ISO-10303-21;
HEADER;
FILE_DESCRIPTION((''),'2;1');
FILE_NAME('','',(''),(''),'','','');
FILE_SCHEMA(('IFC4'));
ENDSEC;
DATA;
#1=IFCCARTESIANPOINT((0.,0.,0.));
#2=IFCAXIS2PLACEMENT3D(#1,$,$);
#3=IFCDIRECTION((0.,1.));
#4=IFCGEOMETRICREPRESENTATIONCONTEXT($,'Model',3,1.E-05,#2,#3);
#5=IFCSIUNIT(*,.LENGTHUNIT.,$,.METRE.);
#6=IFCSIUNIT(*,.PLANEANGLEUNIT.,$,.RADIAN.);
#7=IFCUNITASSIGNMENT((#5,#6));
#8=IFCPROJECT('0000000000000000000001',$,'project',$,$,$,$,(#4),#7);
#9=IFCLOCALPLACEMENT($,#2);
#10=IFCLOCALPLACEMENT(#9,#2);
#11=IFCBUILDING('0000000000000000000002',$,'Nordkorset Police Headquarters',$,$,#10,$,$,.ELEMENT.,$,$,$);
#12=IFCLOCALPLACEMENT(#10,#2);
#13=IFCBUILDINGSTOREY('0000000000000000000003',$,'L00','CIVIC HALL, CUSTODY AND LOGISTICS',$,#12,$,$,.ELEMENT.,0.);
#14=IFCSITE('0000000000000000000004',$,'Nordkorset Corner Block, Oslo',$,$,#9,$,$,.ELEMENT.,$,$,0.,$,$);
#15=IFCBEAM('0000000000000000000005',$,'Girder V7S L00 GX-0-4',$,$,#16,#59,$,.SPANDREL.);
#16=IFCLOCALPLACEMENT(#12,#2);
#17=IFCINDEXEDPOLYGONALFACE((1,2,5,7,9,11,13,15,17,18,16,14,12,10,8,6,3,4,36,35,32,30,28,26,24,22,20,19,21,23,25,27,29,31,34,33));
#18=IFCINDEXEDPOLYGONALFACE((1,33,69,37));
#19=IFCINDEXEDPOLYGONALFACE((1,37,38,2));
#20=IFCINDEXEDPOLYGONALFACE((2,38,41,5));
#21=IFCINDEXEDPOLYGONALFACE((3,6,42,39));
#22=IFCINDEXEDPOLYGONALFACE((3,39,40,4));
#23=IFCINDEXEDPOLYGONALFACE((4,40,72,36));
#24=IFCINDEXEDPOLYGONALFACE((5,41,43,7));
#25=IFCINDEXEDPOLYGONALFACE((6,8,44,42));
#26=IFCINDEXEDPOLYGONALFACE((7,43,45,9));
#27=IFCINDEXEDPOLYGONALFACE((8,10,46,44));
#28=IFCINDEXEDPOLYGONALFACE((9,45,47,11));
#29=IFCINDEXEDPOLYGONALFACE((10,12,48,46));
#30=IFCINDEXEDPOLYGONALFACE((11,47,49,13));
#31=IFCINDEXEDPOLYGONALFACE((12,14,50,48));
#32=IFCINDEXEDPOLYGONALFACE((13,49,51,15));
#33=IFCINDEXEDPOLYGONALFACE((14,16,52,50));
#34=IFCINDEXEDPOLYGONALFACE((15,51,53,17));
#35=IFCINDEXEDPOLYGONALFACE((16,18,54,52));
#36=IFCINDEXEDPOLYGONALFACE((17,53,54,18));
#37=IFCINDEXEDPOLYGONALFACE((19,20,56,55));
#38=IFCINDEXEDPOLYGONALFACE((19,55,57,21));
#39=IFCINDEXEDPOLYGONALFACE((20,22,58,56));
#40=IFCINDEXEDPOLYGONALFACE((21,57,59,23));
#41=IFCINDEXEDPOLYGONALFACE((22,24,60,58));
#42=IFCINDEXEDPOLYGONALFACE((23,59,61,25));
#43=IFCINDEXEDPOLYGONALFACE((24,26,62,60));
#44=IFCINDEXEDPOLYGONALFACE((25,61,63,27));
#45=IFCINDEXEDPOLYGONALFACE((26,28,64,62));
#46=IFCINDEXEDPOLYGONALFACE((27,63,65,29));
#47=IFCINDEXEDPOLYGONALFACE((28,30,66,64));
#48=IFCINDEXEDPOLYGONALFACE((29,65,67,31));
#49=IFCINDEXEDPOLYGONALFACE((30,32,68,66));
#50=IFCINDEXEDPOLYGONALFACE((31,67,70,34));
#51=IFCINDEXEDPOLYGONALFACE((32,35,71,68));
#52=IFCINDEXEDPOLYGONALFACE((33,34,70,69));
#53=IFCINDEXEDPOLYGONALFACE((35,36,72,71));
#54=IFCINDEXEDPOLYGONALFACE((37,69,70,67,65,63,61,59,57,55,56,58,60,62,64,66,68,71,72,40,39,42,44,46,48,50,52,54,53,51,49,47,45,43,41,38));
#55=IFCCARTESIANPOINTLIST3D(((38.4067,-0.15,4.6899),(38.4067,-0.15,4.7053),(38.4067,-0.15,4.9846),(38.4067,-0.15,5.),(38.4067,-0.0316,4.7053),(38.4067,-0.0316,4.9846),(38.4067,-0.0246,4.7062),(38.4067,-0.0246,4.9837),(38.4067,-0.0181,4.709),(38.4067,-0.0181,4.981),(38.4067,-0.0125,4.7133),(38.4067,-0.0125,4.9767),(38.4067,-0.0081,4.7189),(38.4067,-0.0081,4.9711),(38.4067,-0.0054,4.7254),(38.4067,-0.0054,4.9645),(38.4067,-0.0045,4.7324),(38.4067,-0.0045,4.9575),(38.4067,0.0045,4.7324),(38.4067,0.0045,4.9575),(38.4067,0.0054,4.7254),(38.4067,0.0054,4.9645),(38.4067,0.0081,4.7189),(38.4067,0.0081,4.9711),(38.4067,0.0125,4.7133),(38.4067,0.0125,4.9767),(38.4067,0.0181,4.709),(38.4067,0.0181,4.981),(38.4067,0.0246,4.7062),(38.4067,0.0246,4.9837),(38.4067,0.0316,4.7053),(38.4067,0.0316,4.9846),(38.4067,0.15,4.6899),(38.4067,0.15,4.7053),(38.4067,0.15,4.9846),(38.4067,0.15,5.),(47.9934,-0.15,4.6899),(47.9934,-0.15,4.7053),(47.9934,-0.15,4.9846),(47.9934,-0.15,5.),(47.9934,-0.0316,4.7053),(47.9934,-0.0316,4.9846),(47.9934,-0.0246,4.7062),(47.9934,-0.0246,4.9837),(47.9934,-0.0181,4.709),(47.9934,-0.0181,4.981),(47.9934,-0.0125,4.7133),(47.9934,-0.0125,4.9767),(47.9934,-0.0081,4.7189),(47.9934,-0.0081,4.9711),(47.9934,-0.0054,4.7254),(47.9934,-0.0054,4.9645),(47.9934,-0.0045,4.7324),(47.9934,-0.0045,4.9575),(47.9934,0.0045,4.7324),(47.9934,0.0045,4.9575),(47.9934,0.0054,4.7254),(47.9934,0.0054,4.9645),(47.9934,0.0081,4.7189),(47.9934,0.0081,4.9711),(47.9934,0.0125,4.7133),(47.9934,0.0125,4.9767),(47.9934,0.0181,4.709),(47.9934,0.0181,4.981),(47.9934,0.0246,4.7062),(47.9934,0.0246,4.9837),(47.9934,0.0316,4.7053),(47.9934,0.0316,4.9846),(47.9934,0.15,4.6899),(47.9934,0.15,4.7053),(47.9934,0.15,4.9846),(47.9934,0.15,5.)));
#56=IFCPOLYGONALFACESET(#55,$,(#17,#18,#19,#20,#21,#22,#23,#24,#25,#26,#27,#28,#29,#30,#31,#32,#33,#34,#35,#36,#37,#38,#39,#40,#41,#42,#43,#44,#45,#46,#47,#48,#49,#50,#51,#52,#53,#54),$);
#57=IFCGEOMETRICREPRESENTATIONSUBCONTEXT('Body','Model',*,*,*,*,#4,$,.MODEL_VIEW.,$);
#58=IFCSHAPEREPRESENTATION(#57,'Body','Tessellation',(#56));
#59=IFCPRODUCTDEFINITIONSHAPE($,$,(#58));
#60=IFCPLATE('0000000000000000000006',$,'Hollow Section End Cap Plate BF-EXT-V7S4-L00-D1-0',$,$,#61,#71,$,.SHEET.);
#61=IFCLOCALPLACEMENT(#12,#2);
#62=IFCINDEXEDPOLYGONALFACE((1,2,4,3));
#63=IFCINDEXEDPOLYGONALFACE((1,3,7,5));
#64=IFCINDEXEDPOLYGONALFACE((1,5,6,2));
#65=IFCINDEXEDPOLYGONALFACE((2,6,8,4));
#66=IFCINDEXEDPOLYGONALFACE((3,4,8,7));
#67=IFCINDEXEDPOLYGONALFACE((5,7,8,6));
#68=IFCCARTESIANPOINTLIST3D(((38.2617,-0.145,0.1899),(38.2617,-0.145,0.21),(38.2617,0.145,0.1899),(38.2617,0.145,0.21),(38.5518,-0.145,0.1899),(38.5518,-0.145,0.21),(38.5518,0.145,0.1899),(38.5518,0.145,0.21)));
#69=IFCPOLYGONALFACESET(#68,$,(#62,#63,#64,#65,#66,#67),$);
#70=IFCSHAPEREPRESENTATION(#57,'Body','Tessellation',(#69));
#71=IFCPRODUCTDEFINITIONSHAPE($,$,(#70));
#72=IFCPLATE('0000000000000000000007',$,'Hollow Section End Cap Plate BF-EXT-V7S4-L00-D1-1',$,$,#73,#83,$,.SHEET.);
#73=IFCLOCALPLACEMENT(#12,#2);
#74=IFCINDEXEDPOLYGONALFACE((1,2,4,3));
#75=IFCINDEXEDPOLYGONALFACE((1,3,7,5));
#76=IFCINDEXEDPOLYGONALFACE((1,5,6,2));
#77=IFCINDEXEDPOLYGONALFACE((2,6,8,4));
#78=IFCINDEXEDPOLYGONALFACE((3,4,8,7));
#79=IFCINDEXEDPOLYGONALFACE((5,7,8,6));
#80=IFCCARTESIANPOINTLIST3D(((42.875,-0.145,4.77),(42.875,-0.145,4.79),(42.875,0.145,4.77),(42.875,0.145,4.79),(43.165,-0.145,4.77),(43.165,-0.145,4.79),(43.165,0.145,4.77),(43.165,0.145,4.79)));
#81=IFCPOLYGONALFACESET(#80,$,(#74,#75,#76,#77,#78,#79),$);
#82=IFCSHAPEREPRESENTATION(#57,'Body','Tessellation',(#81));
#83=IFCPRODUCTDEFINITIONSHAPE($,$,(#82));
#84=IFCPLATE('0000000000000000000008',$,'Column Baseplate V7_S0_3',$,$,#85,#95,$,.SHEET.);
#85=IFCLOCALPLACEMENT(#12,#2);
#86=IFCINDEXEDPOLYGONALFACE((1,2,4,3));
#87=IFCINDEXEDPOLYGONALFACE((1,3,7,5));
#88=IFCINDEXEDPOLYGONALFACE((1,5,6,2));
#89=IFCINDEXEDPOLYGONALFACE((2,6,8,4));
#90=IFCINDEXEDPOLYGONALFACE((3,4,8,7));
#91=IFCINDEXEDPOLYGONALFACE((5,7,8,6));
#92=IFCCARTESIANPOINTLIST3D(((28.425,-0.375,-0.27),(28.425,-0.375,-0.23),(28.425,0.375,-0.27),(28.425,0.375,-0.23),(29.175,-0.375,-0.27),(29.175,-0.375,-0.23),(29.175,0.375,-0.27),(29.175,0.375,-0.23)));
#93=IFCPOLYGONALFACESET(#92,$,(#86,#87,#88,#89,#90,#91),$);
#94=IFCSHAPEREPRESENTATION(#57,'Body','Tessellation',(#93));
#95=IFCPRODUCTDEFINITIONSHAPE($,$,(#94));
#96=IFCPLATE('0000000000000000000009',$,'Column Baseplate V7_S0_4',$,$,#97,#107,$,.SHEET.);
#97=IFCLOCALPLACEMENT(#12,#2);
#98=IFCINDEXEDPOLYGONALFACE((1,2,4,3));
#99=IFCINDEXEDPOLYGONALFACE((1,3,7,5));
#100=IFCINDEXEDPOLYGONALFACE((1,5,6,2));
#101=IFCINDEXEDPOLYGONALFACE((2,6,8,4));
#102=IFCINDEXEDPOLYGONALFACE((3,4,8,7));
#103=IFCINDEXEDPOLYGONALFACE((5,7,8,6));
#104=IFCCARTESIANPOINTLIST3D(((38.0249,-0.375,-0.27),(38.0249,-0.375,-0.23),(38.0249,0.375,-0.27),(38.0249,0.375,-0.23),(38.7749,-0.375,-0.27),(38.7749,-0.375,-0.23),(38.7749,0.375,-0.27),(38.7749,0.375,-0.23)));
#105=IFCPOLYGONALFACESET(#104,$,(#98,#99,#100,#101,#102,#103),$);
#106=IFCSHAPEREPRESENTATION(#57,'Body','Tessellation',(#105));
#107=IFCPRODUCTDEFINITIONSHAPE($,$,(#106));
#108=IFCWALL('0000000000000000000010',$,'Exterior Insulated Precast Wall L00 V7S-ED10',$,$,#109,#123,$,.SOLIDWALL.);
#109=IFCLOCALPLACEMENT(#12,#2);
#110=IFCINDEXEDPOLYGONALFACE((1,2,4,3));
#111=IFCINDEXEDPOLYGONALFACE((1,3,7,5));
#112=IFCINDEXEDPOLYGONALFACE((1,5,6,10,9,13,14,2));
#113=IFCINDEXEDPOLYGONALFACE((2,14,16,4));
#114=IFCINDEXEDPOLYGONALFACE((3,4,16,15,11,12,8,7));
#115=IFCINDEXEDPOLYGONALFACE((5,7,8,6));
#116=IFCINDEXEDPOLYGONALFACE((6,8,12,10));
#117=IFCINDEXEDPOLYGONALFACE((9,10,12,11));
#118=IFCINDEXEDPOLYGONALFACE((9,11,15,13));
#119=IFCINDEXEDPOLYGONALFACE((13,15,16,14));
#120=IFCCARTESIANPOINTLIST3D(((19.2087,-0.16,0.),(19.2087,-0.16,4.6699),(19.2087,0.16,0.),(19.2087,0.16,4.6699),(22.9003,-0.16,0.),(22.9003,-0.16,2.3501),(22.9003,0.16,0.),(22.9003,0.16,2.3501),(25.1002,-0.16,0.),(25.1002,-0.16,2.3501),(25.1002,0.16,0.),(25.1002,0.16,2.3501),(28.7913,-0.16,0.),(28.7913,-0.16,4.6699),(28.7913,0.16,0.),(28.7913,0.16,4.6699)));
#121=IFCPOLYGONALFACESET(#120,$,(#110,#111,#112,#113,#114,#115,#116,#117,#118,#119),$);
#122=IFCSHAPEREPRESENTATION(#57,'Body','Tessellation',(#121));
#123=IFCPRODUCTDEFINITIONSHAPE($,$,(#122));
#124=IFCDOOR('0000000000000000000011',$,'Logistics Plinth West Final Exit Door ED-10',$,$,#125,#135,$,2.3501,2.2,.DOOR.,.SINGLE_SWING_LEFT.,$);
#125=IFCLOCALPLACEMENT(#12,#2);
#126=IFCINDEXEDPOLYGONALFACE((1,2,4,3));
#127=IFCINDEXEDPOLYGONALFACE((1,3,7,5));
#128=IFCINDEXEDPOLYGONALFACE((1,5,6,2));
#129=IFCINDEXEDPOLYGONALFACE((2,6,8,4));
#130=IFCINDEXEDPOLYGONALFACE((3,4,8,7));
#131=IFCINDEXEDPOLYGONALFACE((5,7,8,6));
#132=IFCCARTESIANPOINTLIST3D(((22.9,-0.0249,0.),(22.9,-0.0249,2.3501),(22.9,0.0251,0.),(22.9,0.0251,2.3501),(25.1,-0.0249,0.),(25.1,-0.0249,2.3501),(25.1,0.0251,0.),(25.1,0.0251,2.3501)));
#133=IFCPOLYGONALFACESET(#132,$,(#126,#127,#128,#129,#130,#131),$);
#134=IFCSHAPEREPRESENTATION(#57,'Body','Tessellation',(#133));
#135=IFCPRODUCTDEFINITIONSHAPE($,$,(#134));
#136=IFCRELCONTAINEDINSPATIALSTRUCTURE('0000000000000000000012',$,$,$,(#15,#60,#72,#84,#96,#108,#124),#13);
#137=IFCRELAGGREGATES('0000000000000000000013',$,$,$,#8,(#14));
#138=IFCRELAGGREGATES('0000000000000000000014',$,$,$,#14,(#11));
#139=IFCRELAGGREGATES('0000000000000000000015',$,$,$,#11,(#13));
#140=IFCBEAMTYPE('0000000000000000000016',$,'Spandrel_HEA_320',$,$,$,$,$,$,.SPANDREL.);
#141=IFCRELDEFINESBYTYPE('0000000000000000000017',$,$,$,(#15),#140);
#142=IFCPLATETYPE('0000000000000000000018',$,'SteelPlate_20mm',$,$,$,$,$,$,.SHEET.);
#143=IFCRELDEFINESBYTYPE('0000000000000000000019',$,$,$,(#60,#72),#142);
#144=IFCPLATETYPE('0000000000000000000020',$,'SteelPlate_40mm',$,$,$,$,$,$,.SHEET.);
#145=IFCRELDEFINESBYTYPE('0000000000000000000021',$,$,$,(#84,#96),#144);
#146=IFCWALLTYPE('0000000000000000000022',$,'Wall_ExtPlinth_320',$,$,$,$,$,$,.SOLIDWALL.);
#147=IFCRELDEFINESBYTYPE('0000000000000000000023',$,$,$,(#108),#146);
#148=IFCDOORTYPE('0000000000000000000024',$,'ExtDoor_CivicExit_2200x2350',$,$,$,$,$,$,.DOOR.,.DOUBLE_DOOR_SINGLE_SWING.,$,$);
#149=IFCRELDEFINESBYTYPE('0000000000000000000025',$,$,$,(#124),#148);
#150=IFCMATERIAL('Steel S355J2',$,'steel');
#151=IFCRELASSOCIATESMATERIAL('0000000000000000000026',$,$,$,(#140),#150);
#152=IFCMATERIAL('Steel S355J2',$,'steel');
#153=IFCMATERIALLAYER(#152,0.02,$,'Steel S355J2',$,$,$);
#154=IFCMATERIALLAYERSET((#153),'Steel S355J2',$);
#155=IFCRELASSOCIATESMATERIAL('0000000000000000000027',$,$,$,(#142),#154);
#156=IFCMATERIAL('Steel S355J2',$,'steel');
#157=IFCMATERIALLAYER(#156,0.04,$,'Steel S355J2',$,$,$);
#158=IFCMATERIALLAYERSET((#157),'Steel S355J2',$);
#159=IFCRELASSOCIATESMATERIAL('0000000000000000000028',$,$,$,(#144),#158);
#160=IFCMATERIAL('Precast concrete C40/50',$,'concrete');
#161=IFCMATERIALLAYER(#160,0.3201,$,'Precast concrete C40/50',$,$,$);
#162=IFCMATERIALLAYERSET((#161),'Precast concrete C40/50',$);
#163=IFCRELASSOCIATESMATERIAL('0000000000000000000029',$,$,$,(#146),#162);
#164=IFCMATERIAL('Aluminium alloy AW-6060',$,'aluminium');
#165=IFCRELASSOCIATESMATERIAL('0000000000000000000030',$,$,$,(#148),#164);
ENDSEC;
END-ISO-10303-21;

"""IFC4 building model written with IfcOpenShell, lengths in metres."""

from ifc_helpers import new_model, si_unit, direction, frame, frame_2d, origin, origin_2d, place, context, subcontext, project, spatial, rectangle, i_section, extrude, material, layer, layer_set, material_profile, profile_set, type_object, element, fill, save


model = new_model("IFC4")

# Units and contexts
model_context = context("Model", 3, precision=1e-05, world=origin(), true_north=direction((0.0, 1.0)))
body_context = subcontext(model_context, "Body", "Model", "MODEL_VIEW")
ifc_project = project(units=[si_unit("LENGTHUNIT", "METRE"), si_unit("PLANEANGLEUNIT", "RADIAN")], contexts=[model_context])

# Site, building, storey
site_placement = place(None, origin())
site = spatial("IfcSite", under=ifc_project, at=site_placement, Name="Nordkorset Corner Block, Oslo", CompositionType="ELEMENT", RefElevation=0.0)
building_placement = place(site_placement, origin())
building = spatial("IfcBuilding", under=site, at=building_placement, Name="Nordkorset Police Headquarters", CompositionType="ELEMENT")
storey_placement = place(building_placement, origin())
storey = spatial("IfcBuildingStorey", under=building, at=storey_placement, Name="L00", Description="CIVIC HALL, CUSTODY AND LOGISTICS", CompositionType="ELEMENT", Elevation=0.0)

# Beam
ifc_material_1 = material(Name="Steel S355J2", Category="steel")
ifc_material_profile_1 = material_profile(ifc_material_1, i_section(OverallWidth=0.3, OverallDepth=0.3101, WebThickness=0.009, FlangeThickness=0.0154, FilletRadius=0.0271, at=origin_2d()), Name="HEA 320")
ifc_profile_set_1 = profile_set([ifc_material_profile_1], Name="Steel S355J2")
beam_type_1 = type_object("IfcBeamType", Name="Spandrel_HEA_320", PredefinedType="SPANDREL", material=ifc_profile_set_1)
for number, where, z_axis, x_axis, name in (
    (1, (38.4067, 0.0, 4.845), (1.0, 0.0, 0.0), (0.0, 1.0, 0.0), "Girder V7S L00 GX-0-4"),
):
    element("IfcBeam", number, at=place(storey_placement, frame(where, z_axis=z_axis, x_axis=x_axis)), inside=storey, type_object=beam_type_1, Name=name, PredefinedType="SPANDREL", context=body_context, shape_type="SweptSolid", body=[
        extrude(i_section(OverallWidth=0.3, OverallDepth=0.3101, WebThickness=0.009, FlangeThickness=0.0154, FilletRadius=0.0271, at=origin_2d()), origin(), (0.0, 0.0, 1.0), 9.5867),
    ])

# Plates
ifc_material_2 = material(Name="Steel S355J2", Category="steel")
ifc_layer_1 = layer(ifc_material_2, 0.02, Name="Steel S355J2")
ifc_layer_set_1 = layer_set([ifc_layer_1], Name="Steel S355J2")
plate_type_1 = type_object("IfcPlateType", Name="SteelPlate_20mm", PredefinedType="SHEET", material=ifc_layer_set_1)
for number, where, z_axis, x_axis, name in (
    (2, (38.4067, 0.0, 0.1899), (0.0, 0.0, 1.0), (1.0, 0.0, 0.0), "Hollow Section End Cap Plate BF-EXT-V7S4-L00-D1-0"),
    (3, (43.02, 0.0, 4.77), (0.0, 0.0, 1.0), (1.0, 0.0, 0.0), "Hollow Section End Cap Plate BF-EXT-V7S4-L00-D1-1"),
):
    element("IfcPlate", number, at=place(storey_placement, frame(where, z_axis=z_axis, x_axis=x_axis)), inside=storey, type_object=plate_type_1, Name=name, PredefinedType="SHEET", context=body_context, shape_type="SweptSolid", body=[
        extrude(rectangle(XDim=0.29, YDim=0.29, at=origin_2d()), origin(), (0.0, 0.0, 1.0), 0.02),
    ])
ifc_material_3 = material(Name="Steel S355J2", Category="steel")
ifc_layer_2 = layer(ifc_material_3, 0.04, Name="Steel S355J2")
ifc_layer_set_2 = layer_set([ifc_layer_2], Name="Steel S355J2")
plate_type_2 = type_object("IfcPlateType", Name="SteelPlate_40mm", PredefinedType="SHEET", material=ifc_layer_set_2)
for number, where, z_axis, x_axis, name in (
    (4, (28.8, 0.0, -0.27), (0.0, 0.0, 1.0), (1.0, 0.0, 0.0), "Column Baseplate V7_S0_3"),
    (5, (38.3999, 0.0, -0.27), (0.0, 0.0, 1.0), (1.0, 0.0, 0.0), "Column Baseplate V7_S0_4"),
):
    element("IfcPlate", number, at=place(storey_placement, frame(where, z_axis=z_axis, x_axis=x_axis)), inside=storey, type_object=plate_type_2, Name=name, PredefinedType="SHEET", context=body_context, shape_type="SweptSolid", body=[
        extrude(rectangle(XDim=0.75, YDim=0.75, at=origin_2d()), origin(), (0.0, 0.0, 1.0), 0.04),
    ])

# Wall, opening, door
ifc_material_4 = material(Name="Precast concrete C40/50", Category="concrete")
ifc_layer_3 = layer(ifc_material_4, 0.3201, Name="Precast concrete C40/50")
ifc_layer_set_3 = layer_set([ifc_layer_3], Name="Precast concrete C40/50")
wall_type = type_object("IfcWallType", Name="Wall_ExtPlinth_320", PredefinedType="SOLIDWALL", material=ifc_layer_set_3)
wall_1_placement = place(storey_placement, frame((19.2087, 0.0, 0.0), z_axis=(0.0, 0.0, 1.0), x_axis=(1.0, 0.0, 0.0)))
wall_1 = element("IfcWall", 6, at=wall_1_placement, inside=storey, type_object=wall_type, Name="Exterior Insulated Precast Wall L00 V7S-ED10", PredefinedType="SOLIDWALL", context=body_context, shape_type="SweptSolid", body=[
    extrude(rectangle(XDim=9.5825, YDim=0.3201, at=frame_2d((4.7913, 0.0))), origin(), (0.0, 0.0, 1.0), 4.6699),
])
opening_1_placement = place(wall_1_placement, frame((3.6914, 0.0, 0.0)))
opening_1 = element("IfcOpeningElement", 7, at=opening_1_placement, cuts=wall_1, PredefinedType="OPENING", context=body_context, shape_type="SweptSolid", body=[
    extrude(rectangle(XDim=2.2, YDim=2.3501, at=frame_2d((1.1001, 1.175))), frame((0.0, 0.1699, 0.0), z_axis=(0.0, -1.0, 0.0), x_axis=(1.0, 0.0, 0.0)), (0.0, 0.0, 1.0), 0.3401),
])
ifc_material_5 = material(Name="Aluminium alloy AW-6060", Category="aluminium")
door_type = type_object("IfcDoorType", Name="ExtDoor_CivicExit_2200x2350", OperationType="DOUBLE_DOOR_SINGLE_SWING", PredefinedType="DOOR", material=ifc_material_5)
door_placement = place(opening_1_placement, frame((2.2, 0.0, 0.0), z_axis=(0.0, 0.0, 1.0), x_axis=(-1.0, 0.0, 0.0)))
door = element("IfcDoor", 8, at=door_placement, inside=storey, type_object=door_type, Name="Logistics Plinth West Final Exit Door ED-10", OperationType="SINGLE_SWING_LEFT", OverallHeight=2.3501, OverallWidth=2.2, PredefinedType="DOOR", context=body_context, shape_type="SweptSolid", body=[
    extrude(rectangle(XDim=2.2, YDim=2.3501, at=frame_2d((1.1001, 1.175))), frame((0.0, 0.0249, 0.0), z_axis=(0.0, -1.0, 0.0), x_axis=(1.0, 0.0, 0.0)), (0.0, 0.0, 1.0), 0.05),
])
fill(opening_1, door)

save(model, "model.ifc")
